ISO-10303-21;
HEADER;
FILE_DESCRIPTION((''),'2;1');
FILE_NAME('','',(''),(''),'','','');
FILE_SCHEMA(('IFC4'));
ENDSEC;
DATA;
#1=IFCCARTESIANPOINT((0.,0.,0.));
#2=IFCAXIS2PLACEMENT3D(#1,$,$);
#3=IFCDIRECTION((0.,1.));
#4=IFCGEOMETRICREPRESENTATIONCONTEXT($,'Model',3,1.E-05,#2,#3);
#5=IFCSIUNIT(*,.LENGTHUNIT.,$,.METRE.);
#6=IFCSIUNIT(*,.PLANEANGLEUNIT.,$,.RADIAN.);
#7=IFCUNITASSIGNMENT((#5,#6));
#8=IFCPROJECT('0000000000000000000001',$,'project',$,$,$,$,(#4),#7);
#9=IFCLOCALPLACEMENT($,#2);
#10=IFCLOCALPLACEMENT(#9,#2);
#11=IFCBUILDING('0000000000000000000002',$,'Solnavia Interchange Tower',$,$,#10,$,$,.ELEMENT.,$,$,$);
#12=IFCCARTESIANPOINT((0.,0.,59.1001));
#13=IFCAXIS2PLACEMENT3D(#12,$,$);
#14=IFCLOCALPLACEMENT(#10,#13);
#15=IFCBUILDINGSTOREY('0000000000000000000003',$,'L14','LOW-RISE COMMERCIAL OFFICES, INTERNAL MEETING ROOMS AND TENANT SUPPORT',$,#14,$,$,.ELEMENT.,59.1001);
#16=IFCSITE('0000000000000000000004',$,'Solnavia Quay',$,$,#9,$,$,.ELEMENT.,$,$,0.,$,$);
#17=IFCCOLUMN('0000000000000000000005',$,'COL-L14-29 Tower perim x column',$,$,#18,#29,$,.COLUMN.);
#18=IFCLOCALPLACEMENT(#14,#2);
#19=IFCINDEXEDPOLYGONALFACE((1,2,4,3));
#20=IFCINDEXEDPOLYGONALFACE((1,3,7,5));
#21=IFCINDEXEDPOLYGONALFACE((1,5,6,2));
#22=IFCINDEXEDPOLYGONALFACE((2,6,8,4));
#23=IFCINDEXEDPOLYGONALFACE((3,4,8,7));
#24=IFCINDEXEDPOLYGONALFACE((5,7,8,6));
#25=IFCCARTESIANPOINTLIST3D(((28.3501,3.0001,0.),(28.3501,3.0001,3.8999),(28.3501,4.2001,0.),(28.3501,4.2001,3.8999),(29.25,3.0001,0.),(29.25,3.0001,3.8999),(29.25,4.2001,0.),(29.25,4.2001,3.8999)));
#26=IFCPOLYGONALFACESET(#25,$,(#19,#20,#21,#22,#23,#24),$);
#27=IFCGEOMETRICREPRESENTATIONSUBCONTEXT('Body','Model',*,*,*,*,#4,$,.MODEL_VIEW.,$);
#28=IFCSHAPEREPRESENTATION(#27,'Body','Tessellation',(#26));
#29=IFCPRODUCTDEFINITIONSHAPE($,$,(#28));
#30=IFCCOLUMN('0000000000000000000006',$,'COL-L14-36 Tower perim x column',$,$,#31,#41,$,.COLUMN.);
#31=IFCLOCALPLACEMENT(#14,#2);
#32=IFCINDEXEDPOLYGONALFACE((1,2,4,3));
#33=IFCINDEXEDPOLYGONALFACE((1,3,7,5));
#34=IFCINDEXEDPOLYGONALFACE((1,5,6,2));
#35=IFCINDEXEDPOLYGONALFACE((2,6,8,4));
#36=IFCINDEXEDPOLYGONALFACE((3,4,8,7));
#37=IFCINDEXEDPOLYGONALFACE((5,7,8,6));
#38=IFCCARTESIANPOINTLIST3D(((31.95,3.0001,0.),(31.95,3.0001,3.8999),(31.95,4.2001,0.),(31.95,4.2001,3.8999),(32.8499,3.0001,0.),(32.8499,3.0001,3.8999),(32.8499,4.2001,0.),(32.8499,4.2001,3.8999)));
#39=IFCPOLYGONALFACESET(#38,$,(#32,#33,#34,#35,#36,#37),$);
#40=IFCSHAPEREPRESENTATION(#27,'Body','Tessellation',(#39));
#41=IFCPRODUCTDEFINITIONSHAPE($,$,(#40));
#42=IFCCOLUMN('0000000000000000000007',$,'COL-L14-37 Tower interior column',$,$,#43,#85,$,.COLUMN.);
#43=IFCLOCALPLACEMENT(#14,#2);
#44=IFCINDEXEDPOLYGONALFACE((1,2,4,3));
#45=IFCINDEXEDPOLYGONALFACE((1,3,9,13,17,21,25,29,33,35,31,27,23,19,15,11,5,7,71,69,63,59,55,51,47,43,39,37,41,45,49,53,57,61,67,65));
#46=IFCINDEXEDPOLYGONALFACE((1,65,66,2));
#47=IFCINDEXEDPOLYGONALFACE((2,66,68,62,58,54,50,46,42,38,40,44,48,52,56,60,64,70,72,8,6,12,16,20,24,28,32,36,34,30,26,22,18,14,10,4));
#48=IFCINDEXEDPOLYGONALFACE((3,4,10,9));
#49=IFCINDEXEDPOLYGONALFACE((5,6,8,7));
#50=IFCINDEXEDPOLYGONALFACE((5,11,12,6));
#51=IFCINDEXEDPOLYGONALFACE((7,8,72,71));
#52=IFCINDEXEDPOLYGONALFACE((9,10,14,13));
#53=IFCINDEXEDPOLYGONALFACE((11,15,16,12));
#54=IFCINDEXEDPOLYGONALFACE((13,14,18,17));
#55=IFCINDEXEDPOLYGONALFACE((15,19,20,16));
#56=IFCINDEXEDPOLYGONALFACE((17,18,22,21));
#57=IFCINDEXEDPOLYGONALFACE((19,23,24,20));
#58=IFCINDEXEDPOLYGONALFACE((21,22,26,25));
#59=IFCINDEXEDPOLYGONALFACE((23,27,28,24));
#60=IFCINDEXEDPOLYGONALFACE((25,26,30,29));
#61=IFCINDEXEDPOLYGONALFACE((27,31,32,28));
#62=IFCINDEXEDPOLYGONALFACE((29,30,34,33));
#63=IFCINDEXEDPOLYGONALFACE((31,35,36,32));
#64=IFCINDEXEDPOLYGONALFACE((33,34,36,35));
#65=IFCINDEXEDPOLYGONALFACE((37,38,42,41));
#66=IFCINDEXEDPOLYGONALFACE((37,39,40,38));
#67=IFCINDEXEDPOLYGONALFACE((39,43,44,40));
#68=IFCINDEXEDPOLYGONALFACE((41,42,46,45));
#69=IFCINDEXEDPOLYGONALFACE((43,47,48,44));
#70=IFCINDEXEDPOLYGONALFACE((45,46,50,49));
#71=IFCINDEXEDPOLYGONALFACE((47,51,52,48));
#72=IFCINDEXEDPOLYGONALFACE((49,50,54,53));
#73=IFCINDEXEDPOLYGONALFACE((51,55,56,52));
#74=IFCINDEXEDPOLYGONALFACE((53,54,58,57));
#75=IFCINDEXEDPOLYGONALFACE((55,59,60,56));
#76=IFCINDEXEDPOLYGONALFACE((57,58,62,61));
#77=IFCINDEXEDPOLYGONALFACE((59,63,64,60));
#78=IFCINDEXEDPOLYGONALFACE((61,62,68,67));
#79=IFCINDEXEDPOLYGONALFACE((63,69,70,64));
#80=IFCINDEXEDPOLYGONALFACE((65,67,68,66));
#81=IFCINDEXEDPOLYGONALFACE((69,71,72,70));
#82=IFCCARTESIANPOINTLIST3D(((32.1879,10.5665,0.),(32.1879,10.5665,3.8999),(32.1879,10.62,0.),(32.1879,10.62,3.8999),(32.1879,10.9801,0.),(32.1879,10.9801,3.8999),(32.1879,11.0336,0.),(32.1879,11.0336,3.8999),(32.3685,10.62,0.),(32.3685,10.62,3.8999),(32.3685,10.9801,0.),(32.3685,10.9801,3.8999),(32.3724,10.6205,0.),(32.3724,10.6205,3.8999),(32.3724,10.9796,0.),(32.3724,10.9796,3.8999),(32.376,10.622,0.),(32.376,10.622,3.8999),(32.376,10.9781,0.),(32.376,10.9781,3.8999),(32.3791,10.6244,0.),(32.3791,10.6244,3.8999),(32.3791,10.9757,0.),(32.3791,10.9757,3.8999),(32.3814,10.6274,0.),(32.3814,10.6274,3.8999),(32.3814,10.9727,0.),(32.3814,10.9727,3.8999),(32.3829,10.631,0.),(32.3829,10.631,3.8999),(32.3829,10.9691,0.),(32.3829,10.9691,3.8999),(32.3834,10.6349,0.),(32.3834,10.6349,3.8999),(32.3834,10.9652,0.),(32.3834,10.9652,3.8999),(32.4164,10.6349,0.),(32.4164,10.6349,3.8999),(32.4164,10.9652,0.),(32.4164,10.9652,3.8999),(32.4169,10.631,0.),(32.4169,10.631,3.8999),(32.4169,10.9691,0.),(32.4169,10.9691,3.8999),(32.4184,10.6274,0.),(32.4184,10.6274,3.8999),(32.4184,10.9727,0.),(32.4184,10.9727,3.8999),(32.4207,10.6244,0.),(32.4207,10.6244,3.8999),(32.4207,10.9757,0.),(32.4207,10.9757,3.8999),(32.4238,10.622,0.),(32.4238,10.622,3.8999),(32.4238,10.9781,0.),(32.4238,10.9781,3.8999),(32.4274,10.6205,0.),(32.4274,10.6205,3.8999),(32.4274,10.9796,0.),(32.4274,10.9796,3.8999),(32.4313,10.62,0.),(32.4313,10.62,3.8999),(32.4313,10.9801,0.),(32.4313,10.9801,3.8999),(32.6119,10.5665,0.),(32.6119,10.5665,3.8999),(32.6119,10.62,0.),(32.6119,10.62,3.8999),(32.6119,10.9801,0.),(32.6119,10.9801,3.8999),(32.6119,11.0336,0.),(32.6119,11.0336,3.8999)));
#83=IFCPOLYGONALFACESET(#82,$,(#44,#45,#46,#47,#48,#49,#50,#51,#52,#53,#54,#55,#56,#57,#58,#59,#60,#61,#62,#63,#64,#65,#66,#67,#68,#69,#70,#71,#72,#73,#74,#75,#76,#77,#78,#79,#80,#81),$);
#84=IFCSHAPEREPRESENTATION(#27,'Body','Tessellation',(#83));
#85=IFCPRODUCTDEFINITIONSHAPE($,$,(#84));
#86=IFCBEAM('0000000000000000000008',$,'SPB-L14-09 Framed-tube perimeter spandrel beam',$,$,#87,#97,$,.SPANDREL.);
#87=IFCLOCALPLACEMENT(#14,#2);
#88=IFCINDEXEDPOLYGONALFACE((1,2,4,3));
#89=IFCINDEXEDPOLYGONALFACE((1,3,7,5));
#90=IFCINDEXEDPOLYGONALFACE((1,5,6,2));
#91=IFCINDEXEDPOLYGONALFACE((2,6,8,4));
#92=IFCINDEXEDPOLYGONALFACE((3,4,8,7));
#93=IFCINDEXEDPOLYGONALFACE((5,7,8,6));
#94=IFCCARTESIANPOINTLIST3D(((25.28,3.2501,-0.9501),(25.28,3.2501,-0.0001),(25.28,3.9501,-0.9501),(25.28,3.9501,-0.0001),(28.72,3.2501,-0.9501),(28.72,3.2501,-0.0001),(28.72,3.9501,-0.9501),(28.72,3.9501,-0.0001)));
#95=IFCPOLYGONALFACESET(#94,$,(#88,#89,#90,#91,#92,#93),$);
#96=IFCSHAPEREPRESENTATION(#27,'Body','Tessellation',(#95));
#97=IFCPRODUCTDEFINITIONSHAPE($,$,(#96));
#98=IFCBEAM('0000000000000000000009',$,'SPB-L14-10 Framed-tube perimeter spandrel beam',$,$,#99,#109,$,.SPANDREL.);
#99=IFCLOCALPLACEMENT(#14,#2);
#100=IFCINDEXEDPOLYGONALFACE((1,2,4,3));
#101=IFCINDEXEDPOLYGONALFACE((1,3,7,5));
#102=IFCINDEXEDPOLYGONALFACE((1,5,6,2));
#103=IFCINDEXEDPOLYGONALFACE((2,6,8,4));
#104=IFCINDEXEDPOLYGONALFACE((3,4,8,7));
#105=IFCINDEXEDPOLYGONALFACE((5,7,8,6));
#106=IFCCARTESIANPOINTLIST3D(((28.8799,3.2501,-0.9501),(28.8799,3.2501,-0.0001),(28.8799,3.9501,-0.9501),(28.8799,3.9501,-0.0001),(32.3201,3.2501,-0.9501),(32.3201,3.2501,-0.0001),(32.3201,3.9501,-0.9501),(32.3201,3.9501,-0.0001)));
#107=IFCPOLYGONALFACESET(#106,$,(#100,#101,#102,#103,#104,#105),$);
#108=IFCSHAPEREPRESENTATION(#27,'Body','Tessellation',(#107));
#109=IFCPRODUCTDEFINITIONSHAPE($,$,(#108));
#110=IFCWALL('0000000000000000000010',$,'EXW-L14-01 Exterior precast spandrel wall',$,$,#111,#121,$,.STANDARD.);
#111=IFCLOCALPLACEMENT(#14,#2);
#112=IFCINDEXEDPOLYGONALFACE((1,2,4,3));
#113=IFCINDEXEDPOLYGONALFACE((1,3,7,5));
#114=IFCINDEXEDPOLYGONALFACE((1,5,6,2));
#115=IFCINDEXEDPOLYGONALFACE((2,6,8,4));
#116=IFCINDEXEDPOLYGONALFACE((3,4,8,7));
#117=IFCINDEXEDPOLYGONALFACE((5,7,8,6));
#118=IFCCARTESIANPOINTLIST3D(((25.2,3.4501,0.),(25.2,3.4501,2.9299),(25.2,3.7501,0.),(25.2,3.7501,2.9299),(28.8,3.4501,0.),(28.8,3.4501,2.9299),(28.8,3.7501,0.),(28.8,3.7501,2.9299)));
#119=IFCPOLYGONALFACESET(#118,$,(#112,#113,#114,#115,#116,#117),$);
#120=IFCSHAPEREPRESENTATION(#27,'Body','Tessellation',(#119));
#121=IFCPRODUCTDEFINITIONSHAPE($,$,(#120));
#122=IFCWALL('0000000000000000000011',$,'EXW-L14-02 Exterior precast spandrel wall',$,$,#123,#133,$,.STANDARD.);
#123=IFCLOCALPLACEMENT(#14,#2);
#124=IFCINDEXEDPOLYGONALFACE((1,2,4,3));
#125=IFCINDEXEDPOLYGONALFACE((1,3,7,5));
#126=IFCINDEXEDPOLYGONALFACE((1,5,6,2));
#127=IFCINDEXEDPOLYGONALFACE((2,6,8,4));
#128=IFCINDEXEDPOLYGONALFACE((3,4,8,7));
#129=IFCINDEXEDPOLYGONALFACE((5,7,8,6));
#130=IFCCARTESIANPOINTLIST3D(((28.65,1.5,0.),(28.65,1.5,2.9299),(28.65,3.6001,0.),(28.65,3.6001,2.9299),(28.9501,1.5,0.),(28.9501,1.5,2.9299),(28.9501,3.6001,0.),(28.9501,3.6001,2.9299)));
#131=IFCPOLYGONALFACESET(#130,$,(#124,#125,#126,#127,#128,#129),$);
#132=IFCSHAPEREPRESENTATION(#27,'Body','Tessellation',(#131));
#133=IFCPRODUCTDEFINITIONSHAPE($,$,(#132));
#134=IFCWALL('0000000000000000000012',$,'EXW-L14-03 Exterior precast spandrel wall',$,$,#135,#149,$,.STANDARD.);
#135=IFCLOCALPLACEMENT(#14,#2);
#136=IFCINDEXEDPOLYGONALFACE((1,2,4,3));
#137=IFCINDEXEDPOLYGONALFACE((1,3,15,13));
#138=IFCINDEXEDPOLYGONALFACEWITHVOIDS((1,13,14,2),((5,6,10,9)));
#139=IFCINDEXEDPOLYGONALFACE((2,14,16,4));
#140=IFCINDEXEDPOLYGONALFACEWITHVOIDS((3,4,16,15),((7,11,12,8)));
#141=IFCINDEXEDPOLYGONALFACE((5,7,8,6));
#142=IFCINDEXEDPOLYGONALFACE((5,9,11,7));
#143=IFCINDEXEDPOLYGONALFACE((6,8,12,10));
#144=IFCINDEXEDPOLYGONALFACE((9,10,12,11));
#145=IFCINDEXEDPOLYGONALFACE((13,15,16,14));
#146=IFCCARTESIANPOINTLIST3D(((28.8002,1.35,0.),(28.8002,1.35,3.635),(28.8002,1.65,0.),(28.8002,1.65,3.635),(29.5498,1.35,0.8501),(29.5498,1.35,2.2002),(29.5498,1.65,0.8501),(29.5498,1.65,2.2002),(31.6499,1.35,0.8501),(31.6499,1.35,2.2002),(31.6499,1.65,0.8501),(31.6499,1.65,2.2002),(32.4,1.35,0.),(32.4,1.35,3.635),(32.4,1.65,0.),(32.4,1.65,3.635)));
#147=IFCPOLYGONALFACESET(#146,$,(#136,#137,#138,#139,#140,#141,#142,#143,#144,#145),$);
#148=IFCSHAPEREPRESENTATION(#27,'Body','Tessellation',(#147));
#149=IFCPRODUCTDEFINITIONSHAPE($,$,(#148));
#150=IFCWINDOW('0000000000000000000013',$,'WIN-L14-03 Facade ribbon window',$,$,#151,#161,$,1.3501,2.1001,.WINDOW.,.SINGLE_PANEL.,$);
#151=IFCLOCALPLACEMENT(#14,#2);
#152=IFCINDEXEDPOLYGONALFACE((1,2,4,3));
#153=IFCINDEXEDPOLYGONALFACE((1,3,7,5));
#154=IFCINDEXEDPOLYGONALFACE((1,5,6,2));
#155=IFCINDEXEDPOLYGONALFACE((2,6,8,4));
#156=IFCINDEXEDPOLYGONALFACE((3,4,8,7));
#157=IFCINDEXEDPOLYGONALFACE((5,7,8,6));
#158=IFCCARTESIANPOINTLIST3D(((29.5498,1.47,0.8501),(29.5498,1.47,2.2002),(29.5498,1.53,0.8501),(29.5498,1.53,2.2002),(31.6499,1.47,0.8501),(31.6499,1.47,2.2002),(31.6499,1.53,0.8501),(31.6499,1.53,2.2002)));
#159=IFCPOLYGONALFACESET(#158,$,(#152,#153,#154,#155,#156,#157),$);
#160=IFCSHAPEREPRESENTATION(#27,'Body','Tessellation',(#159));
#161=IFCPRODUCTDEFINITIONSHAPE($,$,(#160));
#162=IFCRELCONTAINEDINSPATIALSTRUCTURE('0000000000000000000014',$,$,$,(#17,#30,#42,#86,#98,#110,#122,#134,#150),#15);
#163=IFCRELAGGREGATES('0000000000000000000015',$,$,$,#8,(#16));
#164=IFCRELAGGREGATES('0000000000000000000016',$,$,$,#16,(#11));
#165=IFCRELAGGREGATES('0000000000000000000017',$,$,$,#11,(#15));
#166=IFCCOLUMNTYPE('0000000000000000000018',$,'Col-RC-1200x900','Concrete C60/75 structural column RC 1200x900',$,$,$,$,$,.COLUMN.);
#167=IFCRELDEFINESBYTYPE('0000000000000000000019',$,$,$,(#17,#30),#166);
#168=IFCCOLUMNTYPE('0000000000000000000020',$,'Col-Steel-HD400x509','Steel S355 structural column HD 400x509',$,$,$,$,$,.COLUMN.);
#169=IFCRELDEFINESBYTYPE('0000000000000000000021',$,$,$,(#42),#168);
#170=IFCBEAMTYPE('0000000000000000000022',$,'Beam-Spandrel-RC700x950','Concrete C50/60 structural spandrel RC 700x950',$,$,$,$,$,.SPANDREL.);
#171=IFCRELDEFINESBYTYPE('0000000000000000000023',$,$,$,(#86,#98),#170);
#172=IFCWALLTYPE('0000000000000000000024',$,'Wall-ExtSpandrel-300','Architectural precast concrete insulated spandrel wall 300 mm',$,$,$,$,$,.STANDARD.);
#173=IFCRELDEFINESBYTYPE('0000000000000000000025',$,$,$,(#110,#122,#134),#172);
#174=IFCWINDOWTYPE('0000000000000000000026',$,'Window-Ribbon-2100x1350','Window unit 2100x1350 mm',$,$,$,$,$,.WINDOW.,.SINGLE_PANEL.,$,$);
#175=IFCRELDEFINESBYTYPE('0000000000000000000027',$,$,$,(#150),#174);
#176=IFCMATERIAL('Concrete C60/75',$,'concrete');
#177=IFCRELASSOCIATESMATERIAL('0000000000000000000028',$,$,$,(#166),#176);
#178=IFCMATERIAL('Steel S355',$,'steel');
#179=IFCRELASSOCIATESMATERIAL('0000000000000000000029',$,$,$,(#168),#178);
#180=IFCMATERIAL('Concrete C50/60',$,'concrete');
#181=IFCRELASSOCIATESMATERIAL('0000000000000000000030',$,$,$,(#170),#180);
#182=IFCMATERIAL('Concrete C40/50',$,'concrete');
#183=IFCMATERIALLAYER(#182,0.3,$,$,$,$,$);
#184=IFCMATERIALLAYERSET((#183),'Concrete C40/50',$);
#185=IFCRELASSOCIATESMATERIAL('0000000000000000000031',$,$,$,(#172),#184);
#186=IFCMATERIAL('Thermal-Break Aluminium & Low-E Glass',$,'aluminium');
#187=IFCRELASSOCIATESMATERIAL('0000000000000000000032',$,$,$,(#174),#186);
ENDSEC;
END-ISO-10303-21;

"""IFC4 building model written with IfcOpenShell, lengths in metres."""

from ifc_helpers import new_model, si_unit, direction, frame, frame_2d, origin, origin_2d, place, context, subcontext, project, spatial, rectangle, i_section, extrude, material, layer, layer_set, material_profile, profile_set, type_object, element, fill, save


model = new_model("IFC4")

# Units and contexts
model_context = context("Model", 3, precision=1e-05, world=origin(), true_north=direction((0.0, 1.0)))
body_context = subcontext(model_context, "Body", "Model", "MODEL_VIEW")
ifc_project = project(units=[si_unit("LENGTHUNIT", "METRE"), si_unit("PLANEANGLEUNIT", "RADIAN")], contexts=[model_context])

# Site, building, storey
site_placement = place(None, origin())
site = spatial("IfcSite", under=ifc_project, at=site_placement, Name="Solnavia Quay", CompositionType="ELEMENT", RefElevation=0.0)
building_placement = place(site_placement, origin())
building = spatial("IfcBuilding", under=site, at=building_placement, Name="Solnavia Interchange Tower", CompositionType="ELEMENT")
storey_placement = place(building_placement, frame((0.0, 0.0, 59.1001)))
storey = spatial("IfcBuildingStorey", under=building, at=storey_placement, Name="L14", Description="LOW-RISE COMMERCIAL OFFICES, INTERNAL MEETING ROOMS AND TENANT SUPPORT", CompositionType="ELEMENT", Elevation=59.1001)

# Columns
ifc_material_1 = material(Name="Concrete C60/75", Category="concrete")
ifc_material_profile_1 = material_profile(ifc_material_1, rectangle(XDim=0.8999, YDim=1.2, at=origin_2d()), Name="RC 1200x900")
ifc_profile_set_1 = profile_set([ifc_material_profile_1], Name="Concrete C60/75")
column_type_1 = type_object("IfcColumnType", Name="Col-RC-1200x900", Description="Concrete C60/75 structural column RC 1200x900", PredefinedType="COLUMN", material=ifc_profile_set_1)
for number, where, z_axis, x_axis, name in (
    (1, (28.8, 3.6001, 0.0), (0.0, 0.0, 1.0), (1.0, 0.0, 0.0), "COL-L14-29 Tower perim x column"),
    (2, (32.3999, 3.6001, 0.0), (0.0, 0.0, 1.0), (1.0, 0.0, 0.0), "COL-L14-36 Tower perim x column"),
):
    element("IfcColumn", number, at=place(storey_placement, frame(where, z_axis=z_axis, x_axis=x_axis)), inside=storey, type_object=column_type_1, Name=name, PredefinedType="COLUMN", context=body_context, shape_type="SweptSolid", body=[
        extrude(rectangle(XDim=0.8999, YDim=1.2, at=origin_2d()), origin(), (0.0, 0.0, 1.0), 3.8999),
    ])
ifc_material_2 = material(Name="Steel S355", Category="steel")
ifc_material_profile_2 = material_profile(ifc_material_2, i_section(OverallWidth=0.4241, OverallDepth=0.467, WebThickness=0.033, FlangeThickness=0.0535, FilletRadius=0.0149, at=origin_2d()), Name="HD 400x509")
ifc_profile_set_2 = profile_set([ifc_material_profile_2], Name="Steel S355")
column_type_2 = type_object("IfcColumnType", Name="Col-Steel-HD400x509", Description="Steel S355 structural column HD 400x509", PredefinedType="COLUMN", material=ifc_profile_set_2)
column_placement = place(storey_placement, frame((32.3999, 10.8, 0.0), z_axis=(0.0, 0.0, 1.0), x_axis=(1.0, 0.0, 0.0)))
element("IfcColumn", 3, at=column_placement, inside=storey, type_object=column_type_2, Name="COL-L14-37 Tower interior column", PredefinedType="COLUMN", context=body_context, shape_type="SweptSolid", body=[
    extrude(i_section(OverallWidth=0.4241, OverallDepth=0.467, WebThickness=0.033, FlangeThickness=0.0535, FilletRadius=0.0149, at=origin_2d()), origin(), (0.0, 0.0, 1.0), 3.8999),
])

# Beams
ifc_material_3 = material(Name="Concrete C50/60", Category="concrete")
ifc_material_profile_3 = material_profile(ifc_material_3, rectangle(XDim=0.7, YDim=0.95, at=origin_2d()), Name="RC 700x950")
ifc_profile_set_3 = profile_set([ifc_material_profile_3], Name="Concrete C50/60")
beam_type = type_object("IfcBeamType", Name="Beam-Spandrel-RC700x950", Description="Concrete C50/60 structural spandrel RC 700x950", PredefinedType="SPANDREL", material=ifc_profile_set_3)
beam_1_placement = place(storey_placement, frame((25.28, 3.6001, -0.4751), z_axis=(1.0, 0.0, 0.0), x_axis=(0.0, 1.0, 0.0)))
element("IfcBeam", 4, at=beam_1_placement, inside=storey, type_object=beam_type, Name="SPB-L14-09 Framed-tube perimeter spandrel beam", PredefinedType="SPANDREL", context=body_context, shape_type="SweptSolid", body=[
    extrude(rectangle(XDim=0.7, YDim=0.95, at=origin_2d()), origin(), (0.0, 0.0, 1.0), 3.4399),
])
beam_2_placement = place(storey_placement, frame((28.8799, 3.6001, -0.4751), z_axis=(1.0, 0.0, 0.0), x_axis=(0.0, 1.0, 0.0)))
element("IfcBeam", 5, at=beam_2_placement, inside=storey, type_object=beam_type, Name="SPB-L14-10 Framed-tube perimeter spandrel beam", PredefinedType="SPANDREL", context=body_context, shape_type="SweptSolid", body=[
    extrude(rectangle(XDim=0.7, YDim=0.95, at=origin_2d()), origin(), (0.0, 0.0, 1.0), 3.4402),
])

# Walls
ifc_material_4 = material(Name="Concrete C40/50", Category="concrete")
ifc_layer_1 = layer(ifc_material_4, 0.3)
ifc_layer_set_1 = layer_set([ifc_layer_1], Name="Concrete C40/50")
wall_type_1 = type_object("IfcWallType", Name="Wall-ExtSpandrel-300", Description="Architectural precast concrete insulated spandrel wall 300 mm", PredefinedType="STANDARD", material=ifc_layer_set_1)
wall_1_placement = place(storey_placement, frame((28.8, 3.6001, 0.0), z_axis=(0.0, 0.0, 1.0), x_axis=(-1.0, 0.0, 0.0)))
element("IfcWall", 6, at=wall_1_placement, inside=storey, type_object=wall_type_1, Name="EXW-L14-01 Exterior precast spandrel wall", PredefinedType="STANDARD", context=body_context, shape_type="SweptSolid", body=[
    extrude(rectangle(XDim=3.6001, YDim=0.3, at=frame_2d((1.8, 0.0))), origin(), (0.0, 0.0, 1.0), 2.9299),
])
wall_2_placement = place(storey_placement, frame((28.8, 1.5, 0.0), z_axis=(0.0, 0.0, 1.0), x_axis=(0.0, 1.0, 0.0)))
element("IfcWall", 7, at=wall_2_placement, inside=storey, type_object=wall_type_1, Name="EXW-L14-02 Exterior precast spandrel wall", PredefinedType="STANDARD", context=body_context, shape_type="SweptSolid", body=[
    extrude(rectangle(XDim=2.1001, YDim=0.3, at=frame_2d((1.05, 0.0))), origin(), (0.0, 0.0, 1.0), 2.9299),
])

# Wall, opening, window
wall_3_placement = place(storey_placement, frame((32.3999, 1.5, 0.0), z_axis=(0.0, 0.0, 1.0), x_axis=(-1.0, 0.0, 0.0)))
wall_3 = element("IfcWall", 8, at=wall_3_placement, inside=storey, type_object=wall_type_1, Name="EXW-L14-03 Exterior precast spandrel wall", PredefinedType="STANDARD", context=body_context, shape_type="SweptSolid", body=[
    extrude(rectangle(XDim=3.5999, YDim=0.3, at=frame_2d((1.7998, 0.0))), origin(), (0.0, 0.0, 1.0), 3.635),
])
opening_1_placement = place(wall_3_placement, frame((0.75, 0.0, 0.8501)))
opening_1 = element("IfcOpeningElement", 9, at=opening_1_placement, cuts=wall_3, PredefinedType="OPENING", context=body_context, shape_type="SweptSolid", body=[
    extrude(rectangle(XDim=2.1001, YDim=1.3501, at=frame_2d((1.05, 0.675))), frame((0.0, 0.1602, 0.0), z_axis=(0.0, -1.0, 0.0), x_axis=(1.0, 0.0, 0.0)), (0.0, 0.0, 1.0), 0.3201),
])
ifc_material_5 = material(Name="Thermal-Break Aluminium & Low-E Glass", Category="aluminium")
window_type_1 = type_object("IfcWindowType", Name="Window-Ribbon-2100x1350", Description="Window unit 2100x1350 mm", PartitioningType="SINGLE_PANEL", PredefinedType="WINDOW", material=ifc_material_5)
window_1_placement = place(opening_1_placement, origin())
window_1 = element("IfcWindow", 10, at=window_1_placement, inside=storey, type_object=window_type_1, Name="WIN-L14-03 Facade ribbon window", OverallHeight=1.3501, OverallWidth=2.1001, PartitioningType="SINGLE_PANEL", PredefinedType="WINDOW", context=body_context, shape_type="SweptSolid", body=[
    extrude(rectangle(XDim=2.1001, YDim=1.3501, at=frame_2d((1.05, 0.675))), frame((0.0, 0.03, 0.0), z_axis=(0.0, -1.0, 0.0), x_axis=(1.0, 0.0, 0.0)), (0.0, 0.0, 1.0), 0.0601),
])
fill(opening_1, window_1)

save(model, "model.ifc")
